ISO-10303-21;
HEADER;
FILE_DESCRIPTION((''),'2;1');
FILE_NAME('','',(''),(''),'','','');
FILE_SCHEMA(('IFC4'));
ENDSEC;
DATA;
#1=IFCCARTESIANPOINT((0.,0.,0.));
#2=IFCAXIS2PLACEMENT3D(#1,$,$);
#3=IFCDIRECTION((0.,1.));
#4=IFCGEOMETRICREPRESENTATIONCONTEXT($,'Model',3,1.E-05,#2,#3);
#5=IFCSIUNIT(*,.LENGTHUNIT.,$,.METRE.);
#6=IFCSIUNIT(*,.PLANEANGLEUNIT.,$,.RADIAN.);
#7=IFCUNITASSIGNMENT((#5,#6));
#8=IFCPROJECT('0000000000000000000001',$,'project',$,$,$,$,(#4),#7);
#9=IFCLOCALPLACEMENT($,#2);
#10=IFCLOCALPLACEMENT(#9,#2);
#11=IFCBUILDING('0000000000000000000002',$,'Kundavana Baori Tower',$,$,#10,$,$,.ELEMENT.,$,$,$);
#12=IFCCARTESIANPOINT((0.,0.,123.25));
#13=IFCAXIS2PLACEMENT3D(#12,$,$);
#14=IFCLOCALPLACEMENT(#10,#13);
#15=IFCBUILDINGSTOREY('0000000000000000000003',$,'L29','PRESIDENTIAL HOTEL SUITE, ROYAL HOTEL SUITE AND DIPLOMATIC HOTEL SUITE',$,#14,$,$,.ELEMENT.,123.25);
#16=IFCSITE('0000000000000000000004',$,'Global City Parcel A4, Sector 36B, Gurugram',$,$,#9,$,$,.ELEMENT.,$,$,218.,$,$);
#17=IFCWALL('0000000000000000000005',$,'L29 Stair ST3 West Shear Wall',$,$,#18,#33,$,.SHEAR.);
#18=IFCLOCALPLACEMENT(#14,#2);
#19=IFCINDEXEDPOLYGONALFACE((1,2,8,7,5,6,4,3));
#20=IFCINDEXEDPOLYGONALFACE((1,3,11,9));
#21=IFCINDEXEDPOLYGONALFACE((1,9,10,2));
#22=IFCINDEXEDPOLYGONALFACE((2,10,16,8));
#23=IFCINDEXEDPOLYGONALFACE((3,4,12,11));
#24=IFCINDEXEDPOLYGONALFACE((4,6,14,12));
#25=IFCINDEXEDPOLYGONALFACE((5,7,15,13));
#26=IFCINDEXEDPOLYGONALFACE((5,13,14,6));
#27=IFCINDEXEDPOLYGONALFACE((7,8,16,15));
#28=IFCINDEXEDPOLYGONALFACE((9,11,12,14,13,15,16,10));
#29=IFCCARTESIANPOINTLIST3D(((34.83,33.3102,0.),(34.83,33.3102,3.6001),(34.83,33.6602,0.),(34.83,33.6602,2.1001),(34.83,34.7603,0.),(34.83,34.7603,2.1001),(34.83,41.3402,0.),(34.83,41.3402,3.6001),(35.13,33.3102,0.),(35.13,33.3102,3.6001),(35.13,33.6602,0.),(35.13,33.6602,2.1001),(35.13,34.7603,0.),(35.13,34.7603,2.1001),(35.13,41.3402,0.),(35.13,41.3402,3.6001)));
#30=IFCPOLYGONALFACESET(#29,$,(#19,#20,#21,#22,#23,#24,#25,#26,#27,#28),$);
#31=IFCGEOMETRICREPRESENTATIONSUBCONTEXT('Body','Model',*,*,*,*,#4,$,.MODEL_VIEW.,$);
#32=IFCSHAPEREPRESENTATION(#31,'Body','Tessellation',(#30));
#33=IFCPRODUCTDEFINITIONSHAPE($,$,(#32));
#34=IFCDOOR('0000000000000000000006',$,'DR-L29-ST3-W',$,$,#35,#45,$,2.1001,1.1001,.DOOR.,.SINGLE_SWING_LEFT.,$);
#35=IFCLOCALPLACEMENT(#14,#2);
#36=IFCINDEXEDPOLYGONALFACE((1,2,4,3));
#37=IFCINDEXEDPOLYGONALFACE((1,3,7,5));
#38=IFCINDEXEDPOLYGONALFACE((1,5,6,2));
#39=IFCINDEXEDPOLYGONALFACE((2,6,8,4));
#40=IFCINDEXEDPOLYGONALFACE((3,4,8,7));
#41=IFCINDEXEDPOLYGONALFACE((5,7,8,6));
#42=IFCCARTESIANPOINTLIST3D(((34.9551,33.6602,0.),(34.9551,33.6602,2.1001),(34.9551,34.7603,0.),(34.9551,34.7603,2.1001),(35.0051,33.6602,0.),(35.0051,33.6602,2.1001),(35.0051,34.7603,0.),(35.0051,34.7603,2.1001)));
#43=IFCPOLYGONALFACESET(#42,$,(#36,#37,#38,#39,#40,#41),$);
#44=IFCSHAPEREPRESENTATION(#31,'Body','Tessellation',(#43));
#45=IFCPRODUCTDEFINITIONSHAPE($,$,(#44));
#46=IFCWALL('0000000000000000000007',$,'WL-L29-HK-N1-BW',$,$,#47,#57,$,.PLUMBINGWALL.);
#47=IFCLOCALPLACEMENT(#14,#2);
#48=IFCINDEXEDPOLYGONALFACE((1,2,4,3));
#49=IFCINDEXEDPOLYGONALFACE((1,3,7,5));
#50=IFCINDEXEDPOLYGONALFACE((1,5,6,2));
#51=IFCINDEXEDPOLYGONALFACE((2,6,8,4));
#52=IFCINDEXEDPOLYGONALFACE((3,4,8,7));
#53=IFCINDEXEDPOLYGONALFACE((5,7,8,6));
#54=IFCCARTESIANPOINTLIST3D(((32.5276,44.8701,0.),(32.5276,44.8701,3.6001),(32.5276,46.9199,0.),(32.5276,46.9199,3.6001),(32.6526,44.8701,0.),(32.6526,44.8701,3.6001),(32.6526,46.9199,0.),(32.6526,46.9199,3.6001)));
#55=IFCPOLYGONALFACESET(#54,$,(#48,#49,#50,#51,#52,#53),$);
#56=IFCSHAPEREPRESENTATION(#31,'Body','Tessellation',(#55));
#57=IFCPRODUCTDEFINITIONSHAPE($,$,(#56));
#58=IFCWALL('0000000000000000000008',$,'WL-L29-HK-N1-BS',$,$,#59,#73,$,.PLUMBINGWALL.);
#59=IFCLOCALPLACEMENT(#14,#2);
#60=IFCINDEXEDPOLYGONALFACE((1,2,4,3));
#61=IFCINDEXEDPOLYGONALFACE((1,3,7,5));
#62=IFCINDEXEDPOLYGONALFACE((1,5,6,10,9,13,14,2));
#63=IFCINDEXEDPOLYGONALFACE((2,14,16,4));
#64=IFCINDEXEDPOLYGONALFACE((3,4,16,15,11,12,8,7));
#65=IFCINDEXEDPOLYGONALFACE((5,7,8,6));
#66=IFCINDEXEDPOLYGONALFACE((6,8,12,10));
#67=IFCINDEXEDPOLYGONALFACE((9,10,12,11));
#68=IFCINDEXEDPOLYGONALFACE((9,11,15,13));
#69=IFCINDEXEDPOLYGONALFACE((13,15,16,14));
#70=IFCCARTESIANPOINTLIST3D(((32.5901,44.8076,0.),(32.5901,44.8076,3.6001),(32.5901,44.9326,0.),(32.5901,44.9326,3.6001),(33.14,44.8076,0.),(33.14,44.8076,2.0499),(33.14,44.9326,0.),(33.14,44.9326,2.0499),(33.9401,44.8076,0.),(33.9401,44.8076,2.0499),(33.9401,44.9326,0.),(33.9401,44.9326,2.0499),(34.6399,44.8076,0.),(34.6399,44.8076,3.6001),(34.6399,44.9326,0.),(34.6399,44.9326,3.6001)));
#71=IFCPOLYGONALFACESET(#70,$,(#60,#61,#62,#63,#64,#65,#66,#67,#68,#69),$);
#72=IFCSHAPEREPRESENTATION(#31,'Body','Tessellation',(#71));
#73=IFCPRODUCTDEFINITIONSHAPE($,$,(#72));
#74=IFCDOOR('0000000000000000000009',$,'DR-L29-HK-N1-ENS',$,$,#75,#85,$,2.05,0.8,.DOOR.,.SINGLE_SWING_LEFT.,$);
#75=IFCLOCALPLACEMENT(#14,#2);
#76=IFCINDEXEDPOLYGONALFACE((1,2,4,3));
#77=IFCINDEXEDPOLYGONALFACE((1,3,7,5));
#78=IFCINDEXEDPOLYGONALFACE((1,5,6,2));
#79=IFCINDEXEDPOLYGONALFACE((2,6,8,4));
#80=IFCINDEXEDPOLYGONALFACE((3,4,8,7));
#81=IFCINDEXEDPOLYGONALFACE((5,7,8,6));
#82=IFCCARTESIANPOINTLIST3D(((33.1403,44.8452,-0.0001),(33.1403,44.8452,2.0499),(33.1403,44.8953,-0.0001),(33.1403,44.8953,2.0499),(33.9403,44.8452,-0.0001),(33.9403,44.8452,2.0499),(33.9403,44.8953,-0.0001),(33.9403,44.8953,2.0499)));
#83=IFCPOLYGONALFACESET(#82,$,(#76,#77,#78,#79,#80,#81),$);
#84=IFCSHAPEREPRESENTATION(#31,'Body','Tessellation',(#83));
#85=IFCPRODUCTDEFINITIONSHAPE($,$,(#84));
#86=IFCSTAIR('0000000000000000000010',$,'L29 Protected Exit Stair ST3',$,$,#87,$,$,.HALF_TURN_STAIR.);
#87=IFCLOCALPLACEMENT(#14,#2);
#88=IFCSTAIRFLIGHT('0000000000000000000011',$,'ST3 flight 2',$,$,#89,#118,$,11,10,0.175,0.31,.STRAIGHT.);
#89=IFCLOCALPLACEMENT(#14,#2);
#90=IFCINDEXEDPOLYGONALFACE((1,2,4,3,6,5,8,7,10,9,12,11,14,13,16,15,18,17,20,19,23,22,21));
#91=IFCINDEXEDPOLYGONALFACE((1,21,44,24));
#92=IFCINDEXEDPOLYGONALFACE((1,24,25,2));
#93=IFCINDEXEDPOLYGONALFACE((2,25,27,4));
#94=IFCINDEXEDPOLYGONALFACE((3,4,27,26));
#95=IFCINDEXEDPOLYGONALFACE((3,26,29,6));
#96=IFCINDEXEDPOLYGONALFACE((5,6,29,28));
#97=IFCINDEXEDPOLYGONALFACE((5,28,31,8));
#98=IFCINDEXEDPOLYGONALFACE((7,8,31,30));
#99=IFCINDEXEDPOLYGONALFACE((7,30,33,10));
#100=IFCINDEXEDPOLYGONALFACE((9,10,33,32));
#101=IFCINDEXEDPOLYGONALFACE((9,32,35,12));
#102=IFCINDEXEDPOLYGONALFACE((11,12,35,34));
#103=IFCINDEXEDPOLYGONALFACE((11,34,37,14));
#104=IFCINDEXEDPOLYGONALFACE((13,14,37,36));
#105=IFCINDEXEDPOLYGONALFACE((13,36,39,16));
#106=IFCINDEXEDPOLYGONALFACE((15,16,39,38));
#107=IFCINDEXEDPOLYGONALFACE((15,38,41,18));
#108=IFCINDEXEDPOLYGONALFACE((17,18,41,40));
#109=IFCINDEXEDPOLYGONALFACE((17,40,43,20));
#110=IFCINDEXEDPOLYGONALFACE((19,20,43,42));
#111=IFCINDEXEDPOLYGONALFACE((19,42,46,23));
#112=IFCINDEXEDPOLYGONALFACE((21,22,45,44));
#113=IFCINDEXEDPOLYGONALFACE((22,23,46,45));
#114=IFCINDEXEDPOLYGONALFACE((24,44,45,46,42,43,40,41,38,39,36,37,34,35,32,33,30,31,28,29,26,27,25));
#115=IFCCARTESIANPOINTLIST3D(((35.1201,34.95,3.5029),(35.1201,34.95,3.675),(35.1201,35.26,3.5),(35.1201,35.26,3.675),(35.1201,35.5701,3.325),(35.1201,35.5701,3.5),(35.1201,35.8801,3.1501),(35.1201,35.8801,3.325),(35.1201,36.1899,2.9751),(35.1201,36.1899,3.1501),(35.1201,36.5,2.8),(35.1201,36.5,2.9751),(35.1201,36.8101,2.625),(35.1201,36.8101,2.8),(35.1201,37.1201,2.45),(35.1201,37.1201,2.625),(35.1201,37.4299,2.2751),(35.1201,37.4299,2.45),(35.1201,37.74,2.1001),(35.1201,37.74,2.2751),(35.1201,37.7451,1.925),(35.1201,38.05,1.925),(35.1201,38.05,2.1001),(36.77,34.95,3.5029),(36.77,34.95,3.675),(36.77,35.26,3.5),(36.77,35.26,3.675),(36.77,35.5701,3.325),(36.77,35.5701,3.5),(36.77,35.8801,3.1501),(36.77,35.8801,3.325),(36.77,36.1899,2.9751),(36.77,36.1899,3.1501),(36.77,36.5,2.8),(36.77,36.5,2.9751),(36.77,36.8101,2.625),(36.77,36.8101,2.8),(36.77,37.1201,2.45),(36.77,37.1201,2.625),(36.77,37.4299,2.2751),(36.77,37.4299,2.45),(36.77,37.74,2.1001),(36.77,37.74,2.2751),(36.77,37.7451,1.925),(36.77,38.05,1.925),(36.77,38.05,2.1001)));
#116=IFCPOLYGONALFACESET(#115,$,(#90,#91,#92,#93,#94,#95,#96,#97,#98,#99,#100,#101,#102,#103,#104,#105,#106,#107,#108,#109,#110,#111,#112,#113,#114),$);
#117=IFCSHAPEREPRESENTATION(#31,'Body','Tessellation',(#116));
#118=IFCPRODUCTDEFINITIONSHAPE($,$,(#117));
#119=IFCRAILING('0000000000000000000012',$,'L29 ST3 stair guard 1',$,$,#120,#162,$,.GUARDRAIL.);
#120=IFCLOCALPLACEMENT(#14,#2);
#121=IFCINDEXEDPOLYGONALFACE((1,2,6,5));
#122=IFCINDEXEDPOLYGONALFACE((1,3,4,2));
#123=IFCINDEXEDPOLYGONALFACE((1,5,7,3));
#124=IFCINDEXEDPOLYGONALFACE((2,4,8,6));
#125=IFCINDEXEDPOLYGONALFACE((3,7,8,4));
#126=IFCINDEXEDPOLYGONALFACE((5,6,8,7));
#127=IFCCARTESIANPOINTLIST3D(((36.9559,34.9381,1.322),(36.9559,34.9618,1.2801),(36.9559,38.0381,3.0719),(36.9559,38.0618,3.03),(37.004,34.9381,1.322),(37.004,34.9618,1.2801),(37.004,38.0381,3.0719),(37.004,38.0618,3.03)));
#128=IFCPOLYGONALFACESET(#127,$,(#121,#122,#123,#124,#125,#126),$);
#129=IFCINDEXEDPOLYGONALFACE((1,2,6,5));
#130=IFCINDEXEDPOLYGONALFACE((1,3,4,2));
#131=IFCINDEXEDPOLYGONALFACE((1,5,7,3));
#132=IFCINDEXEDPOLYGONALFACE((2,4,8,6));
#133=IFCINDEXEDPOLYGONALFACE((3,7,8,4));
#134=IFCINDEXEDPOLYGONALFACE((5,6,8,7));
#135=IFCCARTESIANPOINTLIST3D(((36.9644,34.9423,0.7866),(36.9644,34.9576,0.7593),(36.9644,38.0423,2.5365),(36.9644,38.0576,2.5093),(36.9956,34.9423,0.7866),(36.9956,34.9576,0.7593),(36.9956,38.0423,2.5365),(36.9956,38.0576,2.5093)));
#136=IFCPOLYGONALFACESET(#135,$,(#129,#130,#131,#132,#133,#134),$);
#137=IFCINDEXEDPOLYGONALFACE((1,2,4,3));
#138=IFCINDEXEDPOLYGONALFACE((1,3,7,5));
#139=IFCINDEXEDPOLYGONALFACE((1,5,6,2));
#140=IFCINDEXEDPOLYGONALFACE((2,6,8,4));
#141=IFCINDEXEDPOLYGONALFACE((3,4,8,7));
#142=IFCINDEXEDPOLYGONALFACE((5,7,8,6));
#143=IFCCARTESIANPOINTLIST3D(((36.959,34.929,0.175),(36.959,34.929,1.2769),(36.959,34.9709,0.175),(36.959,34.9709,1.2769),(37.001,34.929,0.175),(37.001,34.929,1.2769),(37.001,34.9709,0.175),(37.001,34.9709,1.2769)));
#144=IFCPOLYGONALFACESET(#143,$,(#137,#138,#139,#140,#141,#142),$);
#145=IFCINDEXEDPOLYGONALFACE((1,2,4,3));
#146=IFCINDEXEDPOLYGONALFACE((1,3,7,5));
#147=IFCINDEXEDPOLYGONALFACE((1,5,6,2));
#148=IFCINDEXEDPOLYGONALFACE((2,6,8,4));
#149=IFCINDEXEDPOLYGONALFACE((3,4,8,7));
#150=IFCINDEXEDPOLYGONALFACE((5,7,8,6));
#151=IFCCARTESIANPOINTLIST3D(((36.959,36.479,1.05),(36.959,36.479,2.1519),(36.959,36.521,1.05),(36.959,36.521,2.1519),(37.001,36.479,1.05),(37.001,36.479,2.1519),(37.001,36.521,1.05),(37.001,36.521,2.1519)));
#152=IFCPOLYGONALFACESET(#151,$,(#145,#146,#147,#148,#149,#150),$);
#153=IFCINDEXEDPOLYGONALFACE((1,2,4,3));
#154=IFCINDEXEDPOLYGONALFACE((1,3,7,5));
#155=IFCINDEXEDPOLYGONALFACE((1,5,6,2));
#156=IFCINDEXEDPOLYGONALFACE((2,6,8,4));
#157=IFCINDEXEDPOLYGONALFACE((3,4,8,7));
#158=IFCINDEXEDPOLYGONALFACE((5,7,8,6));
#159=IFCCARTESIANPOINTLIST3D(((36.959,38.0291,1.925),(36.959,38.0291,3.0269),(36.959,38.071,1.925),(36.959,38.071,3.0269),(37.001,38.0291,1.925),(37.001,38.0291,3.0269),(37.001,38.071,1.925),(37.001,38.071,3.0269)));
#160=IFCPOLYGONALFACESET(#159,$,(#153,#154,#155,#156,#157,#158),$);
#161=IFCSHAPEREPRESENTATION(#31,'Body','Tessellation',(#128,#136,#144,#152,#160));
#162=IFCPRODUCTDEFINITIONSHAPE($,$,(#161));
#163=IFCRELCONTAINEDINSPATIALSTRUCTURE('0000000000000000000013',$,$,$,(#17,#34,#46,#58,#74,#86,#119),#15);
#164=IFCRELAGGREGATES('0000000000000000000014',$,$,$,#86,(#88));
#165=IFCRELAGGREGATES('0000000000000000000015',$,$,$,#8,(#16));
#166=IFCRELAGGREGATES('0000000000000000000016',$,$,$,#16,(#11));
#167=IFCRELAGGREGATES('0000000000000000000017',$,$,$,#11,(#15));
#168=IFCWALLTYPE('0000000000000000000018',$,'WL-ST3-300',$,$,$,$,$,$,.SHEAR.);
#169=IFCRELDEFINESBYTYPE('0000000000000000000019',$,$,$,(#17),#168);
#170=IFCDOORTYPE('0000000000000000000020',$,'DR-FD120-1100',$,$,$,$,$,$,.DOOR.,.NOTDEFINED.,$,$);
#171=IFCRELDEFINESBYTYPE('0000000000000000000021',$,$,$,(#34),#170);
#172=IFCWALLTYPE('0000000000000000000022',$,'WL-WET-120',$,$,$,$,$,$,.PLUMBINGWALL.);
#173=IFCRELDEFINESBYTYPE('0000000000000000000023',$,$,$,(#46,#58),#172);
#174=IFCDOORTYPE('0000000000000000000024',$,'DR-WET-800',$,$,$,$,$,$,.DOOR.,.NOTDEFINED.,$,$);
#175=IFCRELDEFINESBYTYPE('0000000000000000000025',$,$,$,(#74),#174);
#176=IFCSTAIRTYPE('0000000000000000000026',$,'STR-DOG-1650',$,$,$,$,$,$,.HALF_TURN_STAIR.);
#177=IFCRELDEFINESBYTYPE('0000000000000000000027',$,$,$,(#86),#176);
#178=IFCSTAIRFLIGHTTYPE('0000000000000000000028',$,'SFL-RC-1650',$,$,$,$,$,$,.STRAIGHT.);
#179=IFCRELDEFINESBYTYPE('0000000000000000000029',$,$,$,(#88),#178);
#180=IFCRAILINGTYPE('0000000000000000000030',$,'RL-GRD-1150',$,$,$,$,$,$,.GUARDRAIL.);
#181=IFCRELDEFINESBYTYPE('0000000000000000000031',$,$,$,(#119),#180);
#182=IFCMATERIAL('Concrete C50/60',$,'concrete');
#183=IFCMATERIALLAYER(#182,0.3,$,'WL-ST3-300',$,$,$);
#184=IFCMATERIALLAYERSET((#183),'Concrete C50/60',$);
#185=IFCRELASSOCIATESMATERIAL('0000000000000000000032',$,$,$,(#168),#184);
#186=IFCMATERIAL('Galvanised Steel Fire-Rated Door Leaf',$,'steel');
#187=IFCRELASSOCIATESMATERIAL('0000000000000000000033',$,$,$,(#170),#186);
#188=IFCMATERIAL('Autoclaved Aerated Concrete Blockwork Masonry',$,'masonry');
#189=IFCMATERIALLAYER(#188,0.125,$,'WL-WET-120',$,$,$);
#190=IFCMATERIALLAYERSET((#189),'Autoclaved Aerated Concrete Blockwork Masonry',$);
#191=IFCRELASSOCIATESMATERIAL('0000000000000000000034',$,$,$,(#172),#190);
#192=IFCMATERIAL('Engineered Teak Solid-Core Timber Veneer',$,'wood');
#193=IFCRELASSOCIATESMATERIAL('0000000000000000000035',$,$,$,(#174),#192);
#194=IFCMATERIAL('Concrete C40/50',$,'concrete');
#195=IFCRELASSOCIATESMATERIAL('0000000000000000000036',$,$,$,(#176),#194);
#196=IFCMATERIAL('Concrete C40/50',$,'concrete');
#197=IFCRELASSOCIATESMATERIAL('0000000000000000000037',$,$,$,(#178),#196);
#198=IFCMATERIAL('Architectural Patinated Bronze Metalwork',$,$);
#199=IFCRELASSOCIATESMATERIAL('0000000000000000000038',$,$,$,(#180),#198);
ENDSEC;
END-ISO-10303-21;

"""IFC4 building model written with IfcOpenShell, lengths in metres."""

from ifc_helpers import new_model, si_unit, direction, frame, frame_2d, origin, origin_2d, place, context, subcontext, project, spatial, polyline, rectangle, outline, extrude, material, layer, layer_set, type_object, element, fill, aggregate, save


model = new_model("IFC4")

# Units and contexts
model_context = context("Model", 3, precision=1e-05, world=origin(), true_north=direction((0.0, 1.0)))
body_context = subcontext(model_context, "Body", "Model", "MODEL_VIEW")
ifc_project = project(units=[si_unit("LENGTHUNIT", "METRE"), si_unit("PLANEANGLEUNIT", "RADIAN")], contexts=[model_context])

# Site, building, storey
site_placement = place(None, origin())
site = spatial("IfcSite", under=ifc_project, at=site_placement, Name="Global City Parcel A4, Sector 36B, Gurugram", CompositionType="ELEMENT", RefElevation=218.0)
building_placement = place(site_placement, origin())
building = spatial("IfcBuilding", under=site, at=building_placement, Name="Kundavana Baori Tower", CompositionType="ELEMENT")
storey_placement = place(building_placement, frame((0.0, 0.0, 123.25)))
storey = spatial("IfcBuildingStorey", under=building, at=storey_placement, Name="L29", Description="PRESIDENTIAL HOTEL SUITE, ROYAL HOTEL SUITE AND DIPLOMATIC HOTEL SUITE", CompositionType="ELEMENT", Elevation=123.25)

# Shared definitions
ifc_material_1 = material(Name="Concrete C50/60", Category="concrete")
ifc_layer_1 = layer(ifc_material_1, 0.3, Name="WL-ST3-300")
ifc_layer_set_1 = layer_set([ifc_layer_1], Name="Concrete C50/60")
wall_type_1 = type_object("IfcWallType", Name="WL-ST3-300", PredefinedType="SHEAR", material=ifc_layer_set_1)

# Wall, opening, door
wall_1_placement = place(storey_placement, frame((34.98, 33.3101, 0.0), z_axis=(0.0, 0.0, 1.0), x_axis=(0.0, 1.0, 0.0)))
wall_1 = element("IfcWall", 1, at=wall_1_placement, inside=storey, type_object=wall_type_1, Name="L29 Stair ST3 West Shear Wall", PredefinedType="SHEAR", context=body_context, shape_type="SweptSolid", body=[
    extrude(rectangle(XDim=8.03, YDim=0.3, at=frame_2d((4.0151, 0.0))), origin(), (0.0, 0.0, 1.0), 3.6001),
])
opening_1_placement = place(wall_1_placement, frame((0.3501, 0.0, 0.0)))
opening_1 = element("IfcOpeningElement", 2, at=opening_1_placement, cuts=wall_1, PredefinedType="OPENING", context=body_context, shape_type="SweptSolid", body=[
    extrude(rectangle(XDim=1.1001, YDim=2.1001, at=frame_2d((0.55, 1.05))), frame((0.0, 0.1602, 0.0), z_axis=(0.0, -1.0, 0.0), x_axis=(1.0, 0.0, 0.0)), (0.0, 0.0, 1.0), 0.3201),
])
ifc_material_2 = material(Name="Galvanised Steel Fire-Rated Door Leaf", Category="steel")
door_type_1 = type_object("IfcDoorType", Name="DR-FD120-1100", OperationType="NOTDEFINED", PredefinedType="DOOR", material=ifc_material_2)
door_1_placement = place(opening_1_placement, origin())
door_1 = element("IfcDoor", 3, at=door_1_placement, inside=storey, type_object=door_type_1, Name="DR-L29-ST3-W", OperationType="SINGLE_SWING_LEFT", OverallHeight=2.1001, OverallWidth=1.1001, PredefinedType="DOOR", context=body_context, shape_type="SweptSolid", body=[
    extrude(rectangle(XDim=1.1001, YDim=2.1001, at=frame_2d((0.55, 1.05))), frame((0.0, 0.0249, 0.0), z_axis=(0.0, -1.0, 0.0), x_axis=(1.0, 0.0, 0.0)), (0.0, 0.0, 1.0), 0.05),
])
fill(opening_1, door_1)

# Wall
ifc_material_3 = material(Name="Autoclaved Aerated Concrete Blockwork Masonry", Category="masonry")
ifc_layer_2 = layer(ifc_material_3, 0.125, Name="WL-WET-120")
ifc_layer_set_2 = layer_set([ifc_layer_2], Name="Autoclaved Aerated Concrete Blockwork Masonry")
wall_type_2 = type_object("IfcWallType", Name="WL-WET-120", PredefinedType="PLUMBINGWALL", material=ifc_layer_set_2)
wall_2_placement = place(storey_placement, frame((32.5901, 44.8701, 0.0), z_axis=(0.0, 0.0, 1.0), x_axis=(0.0, 1.0, 0.0)))
element("IfcWall", 4, at=wall_2_placement, inside=storey, type_object=wall_type_2, Name="WL-L29-HK-N1-BW", PredefinedType="PLUMBINGWALL", context=body_context, shape_type="SweptSolid", body=[
    extrude(rectangle(XDim=2.0498, YDim=0.125, at=frame_2d((1.0249, 0.0))), origin(), (0.0, 0.0, 1.0), 3.6001),
])

# Wall, opening, door
wall_3_placement = place(storey_placement, frame((32.5901, 44.8701, 0.0), z_axis=(0.0, 0.0, 1.0), x_axis=(1.0, 0.0, 0.0)))
wall_3 = element("IfcWall", 5, at=wall_3_placement, inside=storey, type_object=wall_type_2, Name="WL-L29-HK-N1-BS", PredefinedType="PLUMBINGWALL", context=body_context, shape_type="SweptSolid", body=[
    extrude(rectangle(XDim=2.0498, YDim=0.125, at=frame_2d((1.0249, 0.0))), origin(), (0.0, 0.0, 1.0), 3.6001),
])
opening_2_placement = place(wall_3_placement, frame((0.55, 0.0, 0.0)))
opening_2 = element("IfcOpeningElement", 6, at=opening_2_placement, cuts=wall_3, PredefinedType="OPENING", context=body_context, shape_type="SweptSolid", body=[
    extrude(rectangle(XDim=0.8, YDim=2.05, at=frame_2d((0.3999, 1.0249))), frame((0.0, 0.0725, 0.0), z_axis=(0.0, -1.0, 0.0), x_axis=(1.0, 0.0, 0.0)), (0.0, 0.0, 1.0), 0.145),
])
ifc_material_4 = material(Name="Engineered Teak Solid-Core Timber Veneer", Category="wood")
door_type_2 = type_object("IfcDoorType", Name="DR-WET-800", OperationType="NOTDEFINED", PredefinedType="DOOR", material=ifc_material_4)
door_2_placement = place(opening_2_placement, frame((0.8, 0.0, 0.0), z_axis=(0.0, 0.0, 1.0), x_axis=(-1.0, 0.0, 0.0)))
door_2 = element("IfcDoor", 7, at=door_2_placement, inside=storey, type_object=door_type_2, Name="DR-L29-HK-N1-ENS", OperationType="SINGLE_SWING_LEFT", OverallHeight=2.05, OverallWidth=0.8, PredefinedType="DOOR", context=body_context, shape_type="SweptSolid", body=[
    extrude(rectangle(XDim=0.8, YDim=2.05, at=frame_2d((0.3999, 1.0249))), frame((0.0, 0.0249, 0.0), z_axis=(0.0, -1.0, 0.0), x_axis=(1.0, 0.0, 0.0)), (0.0, 0.0, 1.0), 0.05),
])
fill(opening_2, door_2)

# Stair, stair flight
ifc_material_5 = material(Name="Concrete C40/50", Category="concrete")
stair_type = type_object("IfcStairType", Name="STR-DOG-1650", PredefinedType="HALF_TURN_STAIR", material=ifc_material_5)
stair_placement = place(storey_placement, origin())
stair = element("IfcStair", 8, at=stair_placement, inside=storey, type_object=stair_type, Name="L29 Protected Exit Stair ST3", PredefinedType="HALF_TURN_STAIR")
ifc_material_6 = material(Name="Concrete C40/50", Category="concrete")
stair_flight_type = type_object("IfcStairFlightType", Name="SFL-RC-1650", PredefinedType="STRAIGHT", material=ifc_material_6)
stair_flight_placement = place(storey_placement, frame((35.9451, 38.05, 1.925), z_axis=(0.0, 0.0, 1.0), x_axis=(0.0, -1.0, 0.0)))
stair_flight = element("IfcStairFlight", 9, at=stair_flight_placement, type_object=stair_flight_type, Name="ST3 flight 2", NumberOfRisers=11, NumberOfTreads=10, PredefinedType="STRAIGHT", RiserHeight=0.175, TreadLength=0.31, context=body_context, shape_type="SweptSolid", body=[
    extrude(outline(polyline([(0.0, 0.0), (0.0, 0.175), (0.3101, 0.175), (0.3101, 0.3501), (0.6201, 0.3501), (0.6201, 0.5249), (0.9299, 0.5249), (0.9299, 0.7), (1.24, 0.7), (1.24, 0.875), (1.55, 0.875), (1.55, 1.05), (1.8601, 1.05), (1.8601, 1.2251), (2.1699, 1.2251), (2.1699, 1.3999), (2.48, 1.3999), (2.48, 1.575), (2.79, 1.575), (2.79, 1.75), (3.1001, 1.75), (3.1001, 1.925), (3.1001, 1.5779), (0.3049, 0.0), (0.0, 0.0)])), frame((0.0, 0.825, 0.0), z_axis=(0.0, -1.0, 0.0), x_axis=(1.0, 0.0, 0.0)), (0.0, 0.0, 1.0), 1.6499),
])
aggregate(stair, [stair_flight])

# Railing
ifc_material_7 = material(Name="Architectural Patinated Bronze Metalwork")
railing_type_1 = type_object("IfcRailingType", Name="RL-GRD-1150", PredefinedType="GUARDRAIL", material=ifc_material_7)
railing_1_placement = place(storey_placement, frame((36.98, 34.95, 0.175)))
element("IfcRailing", 10, at=railing_1_placement, inside=storey, type_object=railing_type_1, Name="L29 ST3 stair guard 1", PredefinedType="GUARDRAIL", context=body_context, shape_type="SweptSolid", body=[
    extrude(rectangle(XDim=0.0481, YDim=0.0481, at=origin_2d()), frame((0.0, 0.0, 1.126), z_axis=(0.0, 0.870831, 0.491583), x_axis=(-1.0, 0.0, 0.0)), (0.0, 0.0, 1.0), 3.5598),
    extrude(rectangle(XDim=0.0312, YDim=0.0312, at=origin_2d()), frame((0.0, 0.0, 0.5979), z_axis=(0.0, 0.870831, 0.491583), x_axis=(-1.0, 0.0, 0.0)), (0.0, 0.0, 1.0), 3.5598),
    extrude(rectangle(XDim=0.042, YDim=0.042, at=origin_2d()), origin(), (0.0, 0.0, 1.0), 1.1018),
    extrude(rectangle(XDim=0.042, YDim=0.042, at=origin_2d()), frame((0.0, 1.55, 0.875)), (0.0, 0.0, 1.0), 1.1018),
    extrude(rectangle(XDim=0.042, YDim=0.042, at=origin_2d()), frame((0.0, 3.1001, 1.75)), (0.0, 0.0, 1.0), 1.1018),
])

save(model, "model.ifc")
